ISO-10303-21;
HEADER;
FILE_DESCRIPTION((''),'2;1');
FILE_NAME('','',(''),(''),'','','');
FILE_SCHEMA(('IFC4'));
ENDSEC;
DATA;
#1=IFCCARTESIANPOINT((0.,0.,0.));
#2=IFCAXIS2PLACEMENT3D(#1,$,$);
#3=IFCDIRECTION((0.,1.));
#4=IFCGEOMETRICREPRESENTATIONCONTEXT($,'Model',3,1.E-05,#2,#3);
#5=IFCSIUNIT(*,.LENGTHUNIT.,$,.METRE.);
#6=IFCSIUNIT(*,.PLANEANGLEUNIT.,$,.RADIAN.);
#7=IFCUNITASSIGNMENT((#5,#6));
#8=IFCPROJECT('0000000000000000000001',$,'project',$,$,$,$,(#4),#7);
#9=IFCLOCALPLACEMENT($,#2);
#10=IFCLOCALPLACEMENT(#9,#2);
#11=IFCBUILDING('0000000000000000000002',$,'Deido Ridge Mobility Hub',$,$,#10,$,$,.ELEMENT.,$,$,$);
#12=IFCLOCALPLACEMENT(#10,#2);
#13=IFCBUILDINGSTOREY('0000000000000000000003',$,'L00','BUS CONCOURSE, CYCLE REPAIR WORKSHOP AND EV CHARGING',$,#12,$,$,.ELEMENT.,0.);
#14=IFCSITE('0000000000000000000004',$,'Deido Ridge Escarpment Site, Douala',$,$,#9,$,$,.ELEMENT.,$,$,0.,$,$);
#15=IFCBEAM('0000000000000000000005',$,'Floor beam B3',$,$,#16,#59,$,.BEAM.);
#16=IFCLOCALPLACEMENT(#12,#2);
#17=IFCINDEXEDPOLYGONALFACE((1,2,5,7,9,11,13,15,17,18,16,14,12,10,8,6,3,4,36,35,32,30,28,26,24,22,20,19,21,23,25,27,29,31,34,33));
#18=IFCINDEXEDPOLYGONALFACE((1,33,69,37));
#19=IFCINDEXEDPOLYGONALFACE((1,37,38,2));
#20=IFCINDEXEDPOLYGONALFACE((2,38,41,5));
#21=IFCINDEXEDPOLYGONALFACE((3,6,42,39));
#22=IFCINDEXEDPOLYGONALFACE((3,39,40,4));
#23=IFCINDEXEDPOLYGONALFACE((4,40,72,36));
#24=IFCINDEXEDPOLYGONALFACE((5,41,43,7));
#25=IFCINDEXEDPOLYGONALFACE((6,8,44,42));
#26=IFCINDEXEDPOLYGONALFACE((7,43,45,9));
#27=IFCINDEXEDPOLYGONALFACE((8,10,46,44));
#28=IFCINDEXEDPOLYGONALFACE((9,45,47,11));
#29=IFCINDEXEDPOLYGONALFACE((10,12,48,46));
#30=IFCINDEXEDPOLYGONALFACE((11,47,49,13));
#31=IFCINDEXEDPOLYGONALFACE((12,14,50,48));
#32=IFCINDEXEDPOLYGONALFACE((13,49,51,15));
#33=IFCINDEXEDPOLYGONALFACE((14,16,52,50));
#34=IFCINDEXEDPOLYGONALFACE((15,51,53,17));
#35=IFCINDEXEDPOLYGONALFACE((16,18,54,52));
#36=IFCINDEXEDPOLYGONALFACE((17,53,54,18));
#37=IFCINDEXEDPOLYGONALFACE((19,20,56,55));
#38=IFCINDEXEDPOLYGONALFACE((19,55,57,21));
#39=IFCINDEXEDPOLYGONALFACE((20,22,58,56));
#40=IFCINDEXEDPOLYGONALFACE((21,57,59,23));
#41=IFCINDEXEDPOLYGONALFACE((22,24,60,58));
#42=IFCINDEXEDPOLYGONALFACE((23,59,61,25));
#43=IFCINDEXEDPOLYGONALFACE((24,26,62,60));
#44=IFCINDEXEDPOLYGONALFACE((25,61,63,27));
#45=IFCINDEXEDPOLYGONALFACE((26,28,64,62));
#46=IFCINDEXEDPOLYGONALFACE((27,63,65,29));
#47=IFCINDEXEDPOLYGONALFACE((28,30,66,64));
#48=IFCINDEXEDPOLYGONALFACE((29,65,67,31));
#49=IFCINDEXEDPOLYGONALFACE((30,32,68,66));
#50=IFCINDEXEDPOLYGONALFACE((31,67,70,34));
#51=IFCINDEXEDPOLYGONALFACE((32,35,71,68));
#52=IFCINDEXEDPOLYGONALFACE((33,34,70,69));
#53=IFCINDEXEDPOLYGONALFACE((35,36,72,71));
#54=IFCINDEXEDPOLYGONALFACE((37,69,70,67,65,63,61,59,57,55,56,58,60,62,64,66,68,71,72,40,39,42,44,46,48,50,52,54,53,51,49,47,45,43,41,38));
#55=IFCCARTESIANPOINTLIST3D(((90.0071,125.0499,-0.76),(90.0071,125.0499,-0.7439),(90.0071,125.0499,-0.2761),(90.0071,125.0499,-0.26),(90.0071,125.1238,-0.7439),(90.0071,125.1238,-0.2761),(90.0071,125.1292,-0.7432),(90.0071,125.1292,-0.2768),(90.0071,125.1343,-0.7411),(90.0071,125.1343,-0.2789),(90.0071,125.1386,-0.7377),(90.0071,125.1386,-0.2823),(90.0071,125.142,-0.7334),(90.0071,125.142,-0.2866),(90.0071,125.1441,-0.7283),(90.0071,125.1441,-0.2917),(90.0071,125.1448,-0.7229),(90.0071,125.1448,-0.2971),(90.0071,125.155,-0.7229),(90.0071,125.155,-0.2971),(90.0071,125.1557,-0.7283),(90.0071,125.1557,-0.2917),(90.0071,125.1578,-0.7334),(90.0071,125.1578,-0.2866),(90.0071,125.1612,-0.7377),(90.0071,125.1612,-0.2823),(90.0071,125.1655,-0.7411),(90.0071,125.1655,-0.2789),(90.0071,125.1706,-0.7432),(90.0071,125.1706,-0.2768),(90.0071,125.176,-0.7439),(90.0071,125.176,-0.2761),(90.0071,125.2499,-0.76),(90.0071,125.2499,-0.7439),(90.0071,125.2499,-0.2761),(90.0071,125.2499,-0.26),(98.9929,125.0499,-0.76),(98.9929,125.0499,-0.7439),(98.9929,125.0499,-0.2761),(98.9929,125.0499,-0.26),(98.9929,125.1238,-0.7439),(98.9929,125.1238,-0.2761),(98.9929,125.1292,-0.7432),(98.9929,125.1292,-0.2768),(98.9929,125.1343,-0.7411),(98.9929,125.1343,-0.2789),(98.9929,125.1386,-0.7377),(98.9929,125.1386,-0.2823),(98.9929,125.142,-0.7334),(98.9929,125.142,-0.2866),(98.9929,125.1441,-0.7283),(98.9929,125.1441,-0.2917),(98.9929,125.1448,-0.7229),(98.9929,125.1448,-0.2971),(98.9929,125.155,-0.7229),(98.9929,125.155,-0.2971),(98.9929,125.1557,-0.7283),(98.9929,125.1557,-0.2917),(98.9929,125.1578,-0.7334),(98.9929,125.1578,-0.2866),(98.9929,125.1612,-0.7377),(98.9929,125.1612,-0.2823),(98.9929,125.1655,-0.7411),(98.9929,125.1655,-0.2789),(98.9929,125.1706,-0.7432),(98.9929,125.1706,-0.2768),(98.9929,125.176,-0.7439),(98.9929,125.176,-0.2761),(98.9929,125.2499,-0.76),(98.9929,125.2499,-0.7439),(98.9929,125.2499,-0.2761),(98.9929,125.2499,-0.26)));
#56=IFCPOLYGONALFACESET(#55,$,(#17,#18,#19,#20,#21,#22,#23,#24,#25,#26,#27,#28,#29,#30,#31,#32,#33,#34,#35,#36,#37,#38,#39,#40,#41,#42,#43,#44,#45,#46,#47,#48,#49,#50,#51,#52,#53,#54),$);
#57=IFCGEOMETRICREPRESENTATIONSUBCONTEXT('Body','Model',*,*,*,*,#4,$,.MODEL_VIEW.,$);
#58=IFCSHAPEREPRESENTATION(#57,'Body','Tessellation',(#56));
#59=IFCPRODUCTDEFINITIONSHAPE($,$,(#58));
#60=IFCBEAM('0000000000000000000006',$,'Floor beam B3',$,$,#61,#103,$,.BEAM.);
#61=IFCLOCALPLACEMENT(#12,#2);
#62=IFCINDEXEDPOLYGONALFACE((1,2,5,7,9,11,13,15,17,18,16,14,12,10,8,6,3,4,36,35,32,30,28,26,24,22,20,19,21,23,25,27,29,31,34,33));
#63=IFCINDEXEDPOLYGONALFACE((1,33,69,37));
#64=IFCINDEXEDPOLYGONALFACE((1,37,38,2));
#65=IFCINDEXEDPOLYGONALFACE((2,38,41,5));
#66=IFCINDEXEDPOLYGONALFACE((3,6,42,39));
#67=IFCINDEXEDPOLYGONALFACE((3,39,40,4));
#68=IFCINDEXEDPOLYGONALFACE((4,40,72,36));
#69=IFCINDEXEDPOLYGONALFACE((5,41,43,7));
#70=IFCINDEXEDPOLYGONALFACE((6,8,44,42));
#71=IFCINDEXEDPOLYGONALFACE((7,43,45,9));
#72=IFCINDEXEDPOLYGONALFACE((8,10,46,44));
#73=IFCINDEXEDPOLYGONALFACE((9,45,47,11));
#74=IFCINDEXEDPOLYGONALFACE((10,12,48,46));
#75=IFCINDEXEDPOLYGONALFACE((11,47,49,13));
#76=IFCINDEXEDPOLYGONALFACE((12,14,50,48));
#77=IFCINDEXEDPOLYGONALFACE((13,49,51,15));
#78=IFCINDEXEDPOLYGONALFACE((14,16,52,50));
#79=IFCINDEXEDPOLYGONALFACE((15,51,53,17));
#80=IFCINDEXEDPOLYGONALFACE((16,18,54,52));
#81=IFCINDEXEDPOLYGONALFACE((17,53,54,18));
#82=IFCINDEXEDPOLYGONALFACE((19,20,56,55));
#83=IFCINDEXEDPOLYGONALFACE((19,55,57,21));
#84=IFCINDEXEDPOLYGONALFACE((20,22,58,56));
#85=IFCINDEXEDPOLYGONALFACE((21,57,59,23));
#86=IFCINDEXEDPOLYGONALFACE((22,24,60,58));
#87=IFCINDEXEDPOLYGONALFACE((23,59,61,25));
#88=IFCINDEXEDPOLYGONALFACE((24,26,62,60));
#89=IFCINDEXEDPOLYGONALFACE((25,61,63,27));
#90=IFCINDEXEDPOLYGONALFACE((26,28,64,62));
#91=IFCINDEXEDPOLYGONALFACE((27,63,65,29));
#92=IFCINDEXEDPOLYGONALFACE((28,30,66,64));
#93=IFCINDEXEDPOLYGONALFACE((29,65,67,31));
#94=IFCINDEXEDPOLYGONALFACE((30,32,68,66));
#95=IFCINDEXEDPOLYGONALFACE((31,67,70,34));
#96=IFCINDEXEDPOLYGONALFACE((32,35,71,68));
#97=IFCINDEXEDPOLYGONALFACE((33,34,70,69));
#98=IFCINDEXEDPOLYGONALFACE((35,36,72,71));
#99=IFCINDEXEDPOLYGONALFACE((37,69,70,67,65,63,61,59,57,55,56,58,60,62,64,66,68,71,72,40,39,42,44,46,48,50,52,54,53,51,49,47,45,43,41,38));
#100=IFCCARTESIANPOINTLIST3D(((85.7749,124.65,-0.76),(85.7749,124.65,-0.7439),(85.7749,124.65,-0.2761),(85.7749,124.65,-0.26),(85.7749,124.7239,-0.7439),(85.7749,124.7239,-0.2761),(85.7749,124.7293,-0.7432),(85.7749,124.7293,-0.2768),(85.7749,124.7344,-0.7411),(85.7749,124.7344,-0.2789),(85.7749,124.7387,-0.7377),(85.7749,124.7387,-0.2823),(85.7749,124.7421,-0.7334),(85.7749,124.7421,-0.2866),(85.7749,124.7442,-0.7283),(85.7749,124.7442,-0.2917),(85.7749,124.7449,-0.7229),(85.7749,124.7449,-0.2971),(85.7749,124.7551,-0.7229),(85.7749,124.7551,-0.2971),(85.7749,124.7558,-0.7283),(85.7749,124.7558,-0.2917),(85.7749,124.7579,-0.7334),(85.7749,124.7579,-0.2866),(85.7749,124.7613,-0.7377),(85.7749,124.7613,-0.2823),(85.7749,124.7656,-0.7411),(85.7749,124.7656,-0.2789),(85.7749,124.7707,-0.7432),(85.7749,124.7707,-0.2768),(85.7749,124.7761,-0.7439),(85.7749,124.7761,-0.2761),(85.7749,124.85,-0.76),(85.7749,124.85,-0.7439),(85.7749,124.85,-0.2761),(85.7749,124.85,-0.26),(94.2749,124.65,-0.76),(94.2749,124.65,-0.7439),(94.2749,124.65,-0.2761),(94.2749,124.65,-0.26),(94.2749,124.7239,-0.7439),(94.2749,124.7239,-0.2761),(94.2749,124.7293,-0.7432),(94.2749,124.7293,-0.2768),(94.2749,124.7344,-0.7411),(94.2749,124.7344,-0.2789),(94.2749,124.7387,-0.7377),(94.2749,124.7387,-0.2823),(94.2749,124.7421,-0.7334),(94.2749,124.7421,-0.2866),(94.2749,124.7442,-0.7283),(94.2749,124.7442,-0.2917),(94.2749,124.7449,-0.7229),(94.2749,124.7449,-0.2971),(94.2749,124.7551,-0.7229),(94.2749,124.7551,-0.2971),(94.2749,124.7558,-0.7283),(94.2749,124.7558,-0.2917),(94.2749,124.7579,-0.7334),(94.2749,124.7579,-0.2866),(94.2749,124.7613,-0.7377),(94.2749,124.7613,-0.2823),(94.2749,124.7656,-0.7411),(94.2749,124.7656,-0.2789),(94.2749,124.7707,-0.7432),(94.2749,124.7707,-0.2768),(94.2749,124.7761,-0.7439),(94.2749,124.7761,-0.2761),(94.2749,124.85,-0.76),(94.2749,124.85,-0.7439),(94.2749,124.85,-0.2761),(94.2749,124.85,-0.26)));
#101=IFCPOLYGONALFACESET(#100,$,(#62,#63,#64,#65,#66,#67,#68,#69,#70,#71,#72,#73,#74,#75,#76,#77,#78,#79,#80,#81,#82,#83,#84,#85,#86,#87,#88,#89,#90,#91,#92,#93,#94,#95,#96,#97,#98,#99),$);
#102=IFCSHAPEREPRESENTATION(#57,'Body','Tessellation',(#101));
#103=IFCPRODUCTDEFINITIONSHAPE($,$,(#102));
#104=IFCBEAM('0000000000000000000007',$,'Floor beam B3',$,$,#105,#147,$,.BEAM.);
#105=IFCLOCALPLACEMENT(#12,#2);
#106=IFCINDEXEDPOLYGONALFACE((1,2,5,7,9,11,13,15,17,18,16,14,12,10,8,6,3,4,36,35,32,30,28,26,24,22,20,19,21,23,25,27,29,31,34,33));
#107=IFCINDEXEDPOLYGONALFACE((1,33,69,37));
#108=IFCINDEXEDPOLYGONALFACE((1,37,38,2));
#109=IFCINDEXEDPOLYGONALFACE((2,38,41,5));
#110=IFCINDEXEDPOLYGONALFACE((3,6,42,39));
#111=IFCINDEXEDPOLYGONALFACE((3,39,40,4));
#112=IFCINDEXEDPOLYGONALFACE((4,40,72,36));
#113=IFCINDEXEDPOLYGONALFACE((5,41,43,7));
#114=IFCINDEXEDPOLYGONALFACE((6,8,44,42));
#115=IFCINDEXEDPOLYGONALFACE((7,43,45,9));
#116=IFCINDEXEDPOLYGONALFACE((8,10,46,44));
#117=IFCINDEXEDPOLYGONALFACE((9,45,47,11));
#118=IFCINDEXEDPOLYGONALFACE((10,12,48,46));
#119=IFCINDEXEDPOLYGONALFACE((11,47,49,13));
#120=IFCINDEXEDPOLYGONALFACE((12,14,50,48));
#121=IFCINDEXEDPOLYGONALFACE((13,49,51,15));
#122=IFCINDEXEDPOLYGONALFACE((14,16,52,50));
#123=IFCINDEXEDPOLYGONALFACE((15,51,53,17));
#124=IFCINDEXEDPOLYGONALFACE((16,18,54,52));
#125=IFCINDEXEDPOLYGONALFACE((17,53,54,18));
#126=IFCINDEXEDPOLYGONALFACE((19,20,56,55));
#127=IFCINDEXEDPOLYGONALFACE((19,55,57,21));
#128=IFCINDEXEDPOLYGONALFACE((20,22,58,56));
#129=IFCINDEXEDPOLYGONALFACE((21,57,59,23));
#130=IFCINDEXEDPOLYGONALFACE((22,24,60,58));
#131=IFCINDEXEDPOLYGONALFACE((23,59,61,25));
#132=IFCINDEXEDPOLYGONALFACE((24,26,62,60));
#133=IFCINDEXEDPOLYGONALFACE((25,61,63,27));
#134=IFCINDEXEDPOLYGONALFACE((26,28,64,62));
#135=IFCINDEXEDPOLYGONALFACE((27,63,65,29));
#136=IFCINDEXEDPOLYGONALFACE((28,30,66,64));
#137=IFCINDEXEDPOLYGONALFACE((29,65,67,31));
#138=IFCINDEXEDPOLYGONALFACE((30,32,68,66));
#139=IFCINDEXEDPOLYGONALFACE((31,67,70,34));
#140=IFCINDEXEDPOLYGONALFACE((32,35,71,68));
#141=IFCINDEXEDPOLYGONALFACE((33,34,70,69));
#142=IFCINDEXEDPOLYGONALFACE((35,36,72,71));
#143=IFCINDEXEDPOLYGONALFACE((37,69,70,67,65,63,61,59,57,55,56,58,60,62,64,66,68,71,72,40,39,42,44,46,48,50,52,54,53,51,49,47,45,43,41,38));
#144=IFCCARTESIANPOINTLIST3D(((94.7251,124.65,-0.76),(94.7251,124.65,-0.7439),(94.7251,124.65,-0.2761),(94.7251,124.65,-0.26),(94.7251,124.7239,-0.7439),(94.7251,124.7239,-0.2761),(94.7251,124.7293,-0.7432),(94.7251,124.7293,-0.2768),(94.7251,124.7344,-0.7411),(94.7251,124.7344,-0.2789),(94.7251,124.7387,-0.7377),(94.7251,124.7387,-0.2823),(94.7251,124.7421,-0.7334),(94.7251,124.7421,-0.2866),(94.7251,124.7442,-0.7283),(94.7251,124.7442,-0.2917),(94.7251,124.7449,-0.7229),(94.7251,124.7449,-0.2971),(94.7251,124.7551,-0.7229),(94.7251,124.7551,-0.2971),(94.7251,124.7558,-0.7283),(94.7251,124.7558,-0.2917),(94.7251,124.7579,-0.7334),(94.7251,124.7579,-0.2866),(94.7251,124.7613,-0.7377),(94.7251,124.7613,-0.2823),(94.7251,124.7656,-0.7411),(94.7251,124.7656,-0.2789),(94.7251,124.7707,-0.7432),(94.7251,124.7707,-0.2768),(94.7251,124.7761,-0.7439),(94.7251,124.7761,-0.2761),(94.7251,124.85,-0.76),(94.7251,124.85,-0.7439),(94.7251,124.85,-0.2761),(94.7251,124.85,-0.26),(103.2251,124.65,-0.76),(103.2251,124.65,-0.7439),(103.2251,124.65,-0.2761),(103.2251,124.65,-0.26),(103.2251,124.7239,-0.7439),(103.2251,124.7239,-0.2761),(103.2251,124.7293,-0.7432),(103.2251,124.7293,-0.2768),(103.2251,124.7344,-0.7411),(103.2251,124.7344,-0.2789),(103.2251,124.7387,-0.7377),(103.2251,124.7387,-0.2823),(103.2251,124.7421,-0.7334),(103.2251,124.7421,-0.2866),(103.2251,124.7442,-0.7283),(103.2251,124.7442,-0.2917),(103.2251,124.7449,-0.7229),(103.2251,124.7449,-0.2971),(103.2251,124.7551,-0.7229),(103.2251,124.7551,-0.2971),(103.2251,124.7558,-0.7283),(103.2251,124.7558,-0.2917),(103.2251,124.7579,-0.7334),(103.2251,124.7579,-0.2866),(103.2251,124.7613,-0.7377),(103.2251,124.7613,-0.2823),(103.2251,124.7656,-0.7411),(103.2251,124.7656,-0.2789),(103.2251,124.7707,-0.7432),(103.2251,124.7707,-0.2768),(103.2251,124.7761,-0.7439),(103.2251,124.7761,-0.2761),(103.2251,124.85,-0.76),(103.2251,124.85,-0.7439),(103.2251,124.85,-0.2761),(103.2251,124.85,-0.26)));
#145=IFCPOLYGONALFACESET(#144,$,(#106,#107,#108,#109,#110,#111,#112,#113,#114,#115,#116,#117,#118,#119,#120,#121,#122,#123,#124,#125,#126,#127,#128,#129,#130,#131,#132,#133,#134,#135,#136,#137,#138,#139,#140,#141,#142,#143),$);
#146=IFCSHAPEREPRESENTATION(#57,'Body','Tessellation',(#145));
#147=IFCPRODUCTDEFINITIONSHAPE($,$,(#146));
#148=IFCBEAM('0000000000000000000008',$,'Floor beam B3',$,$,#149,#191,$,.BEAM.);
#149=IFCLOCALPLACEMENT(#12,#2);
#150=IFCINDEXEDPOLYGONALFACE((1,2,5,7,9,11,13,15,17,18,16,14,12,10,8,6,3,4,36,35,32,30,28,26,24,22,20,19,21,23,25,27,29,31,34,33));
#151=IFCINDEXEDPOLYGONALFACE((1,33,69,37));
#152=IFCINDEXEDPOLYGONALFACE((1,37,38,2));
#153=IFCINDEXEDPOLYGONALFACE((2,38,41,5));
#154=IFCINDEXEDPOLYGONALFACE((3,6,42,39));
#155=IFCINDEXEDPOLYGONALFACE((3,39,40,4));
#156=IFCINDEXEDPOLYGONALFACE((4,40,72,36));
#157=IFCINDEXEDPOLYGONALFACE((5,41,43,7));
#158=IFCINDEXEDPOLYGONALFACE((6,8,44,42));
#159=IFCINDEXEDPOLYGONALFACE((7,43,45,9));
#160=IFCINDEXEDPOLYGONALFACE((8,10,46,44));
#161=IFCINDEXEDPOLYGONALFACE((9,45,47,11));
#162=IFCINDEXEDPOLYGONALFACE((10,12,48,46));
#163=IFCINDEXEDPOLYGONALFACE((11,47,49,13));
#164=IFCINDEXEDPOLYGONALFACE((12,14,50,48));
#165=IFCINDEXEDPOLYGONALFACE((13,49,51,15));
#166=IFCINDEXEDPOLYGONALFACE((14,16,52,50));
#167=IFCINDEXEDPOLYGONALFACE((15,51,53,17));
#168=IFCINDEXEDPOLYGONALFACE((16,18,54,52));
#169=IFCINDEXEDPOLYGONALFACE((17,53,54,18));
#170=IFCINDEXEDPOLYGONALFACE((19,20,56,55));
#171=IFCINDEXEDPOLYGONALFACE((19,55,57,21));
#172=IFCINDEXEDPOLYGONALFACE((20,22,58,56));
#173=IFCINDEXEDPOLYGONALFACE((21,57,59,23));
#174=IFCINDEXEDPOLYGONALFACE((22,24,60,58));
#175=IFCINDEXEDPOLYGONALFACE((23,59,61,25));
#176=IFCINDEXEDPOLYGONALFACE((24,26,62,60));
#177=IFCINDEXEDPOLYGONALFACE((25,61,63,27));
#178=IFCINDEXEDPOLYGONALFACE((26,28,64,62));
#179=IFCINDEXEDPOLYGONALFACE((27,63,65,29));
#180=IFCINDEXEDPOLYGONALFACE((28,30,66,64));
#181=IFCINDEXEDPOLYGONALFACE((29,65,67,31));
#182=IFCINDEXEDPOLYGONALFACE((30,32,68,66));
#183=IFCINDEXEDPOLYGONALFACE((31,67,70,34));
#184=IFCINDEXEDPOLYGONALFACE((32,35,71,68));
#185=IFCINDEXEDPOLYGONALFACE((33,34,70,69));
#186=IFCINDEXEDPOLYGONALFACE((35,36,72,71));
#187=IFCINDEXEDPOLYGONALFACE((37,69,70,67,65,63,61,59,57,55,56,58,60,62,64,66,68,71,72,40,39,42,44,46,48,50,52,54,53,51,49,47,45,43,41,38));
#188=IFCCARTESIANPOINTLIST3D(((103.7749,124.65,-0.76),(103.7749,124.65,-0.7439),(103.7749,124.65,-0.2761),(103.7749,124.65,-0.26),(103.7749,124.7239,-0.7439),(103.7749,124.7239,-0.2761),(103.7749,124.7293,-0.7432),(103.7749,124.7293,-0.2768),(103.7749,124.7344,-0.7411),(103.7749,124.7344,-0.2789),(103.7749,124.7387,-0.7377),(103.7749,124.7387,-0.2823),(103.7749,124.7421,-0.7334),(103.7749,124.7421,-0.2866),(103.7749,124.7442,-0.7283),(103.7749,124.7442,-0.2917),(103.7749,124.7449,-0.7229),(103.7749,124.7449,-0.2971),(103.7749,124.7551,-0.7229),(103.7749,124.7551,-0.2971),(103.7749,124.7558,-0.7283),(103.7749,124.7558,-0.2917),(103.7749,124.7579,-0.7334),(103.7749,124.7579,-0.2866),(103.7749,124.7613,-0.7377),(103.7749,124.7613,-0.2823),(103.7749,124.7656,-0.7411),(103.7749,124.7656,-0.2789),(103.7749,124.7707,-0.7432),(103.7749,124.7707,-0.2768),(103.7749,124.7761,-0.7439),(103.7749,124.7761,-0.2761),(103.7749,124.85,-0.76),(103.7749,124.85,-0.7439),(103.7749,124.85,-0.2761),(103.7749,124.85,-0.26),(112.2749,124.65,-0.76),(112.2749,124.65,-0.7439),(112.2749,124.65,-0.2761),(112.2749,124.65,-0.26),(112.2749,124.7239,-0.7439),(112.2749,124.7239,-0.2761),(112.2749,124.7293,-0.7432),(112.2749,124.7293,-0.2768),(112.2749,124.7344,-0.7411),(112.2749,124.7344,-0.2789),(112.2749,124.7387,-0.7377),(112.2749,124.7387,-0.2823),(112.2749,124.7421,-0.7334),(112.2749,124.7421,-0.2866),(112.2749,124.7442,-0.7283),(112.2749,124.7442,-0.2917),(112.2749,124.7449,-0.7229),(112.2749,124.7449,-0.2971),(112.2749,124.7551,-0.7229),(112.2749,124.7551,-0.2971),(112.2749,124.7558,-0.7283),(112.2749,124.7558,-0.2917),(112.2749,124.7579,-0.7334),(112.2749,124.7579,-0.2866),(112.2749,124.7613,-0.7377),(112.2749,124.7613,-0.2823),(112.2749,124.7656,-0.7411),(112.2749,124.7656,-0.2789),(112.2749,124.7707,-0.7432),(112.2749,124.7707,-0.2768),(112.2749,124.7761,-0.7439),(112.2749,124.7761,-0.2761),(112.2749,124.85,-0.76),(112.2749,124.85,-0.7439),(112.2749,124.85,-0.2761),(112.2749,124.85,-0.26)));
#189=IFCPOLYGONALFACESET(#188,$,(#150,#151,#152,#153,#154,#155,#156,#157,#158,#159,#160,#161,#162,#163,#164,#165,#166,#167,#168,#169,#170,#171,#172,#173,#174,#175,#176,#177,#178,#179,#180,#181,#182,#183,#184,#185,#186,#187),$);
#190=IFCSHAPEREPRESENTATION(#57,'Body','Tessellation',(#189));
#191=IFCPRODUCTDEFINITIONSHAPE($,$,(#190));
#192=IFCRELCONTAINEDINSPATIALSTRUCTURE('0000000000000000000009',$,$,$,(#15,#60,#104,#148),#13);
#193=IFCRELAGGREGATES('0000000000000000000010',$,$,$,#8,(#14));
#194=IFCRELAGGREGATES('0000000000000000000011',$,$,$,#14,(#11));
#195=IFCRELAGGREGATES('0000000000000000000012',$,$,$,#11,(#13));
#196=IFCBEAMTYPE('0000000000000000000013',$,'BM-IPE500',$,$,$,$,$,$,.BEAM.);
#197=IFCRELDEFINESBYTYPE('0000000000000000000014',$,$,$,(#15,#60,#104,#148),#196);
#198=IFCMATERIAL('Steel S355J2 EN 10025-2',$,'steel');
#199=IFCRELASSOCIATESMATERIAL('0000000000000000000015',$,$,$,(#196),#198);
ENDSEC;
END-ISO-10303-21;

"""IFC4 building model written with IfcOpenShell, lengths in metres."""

from ifc_helpers import new_model, si_unit, direction, frame, origin, origin_2d, place, context, subcontext, project, spatial, i_section, extrude, material, material_profile, profile_set, type_object, element, save


model = new_model("IFC4")

# Units and contexts
model_context = context("Model", 3, precision=1e-05, world=origin(), true_north=direction((0.0, 1.0)))
body_context = subcontext(model_context, "Body", "Model", "MODEL_VIEW")
ifc_project = project(units=[si_unit("LENGTHUNIT", "METRE"), si_unit("PLANEANGLEUNIT", "RADIAN")], contexts=[model_context])

# Site, building, storey
site_placement = place(None, origin())
site = spatial("IfcSite", under=ifc_project, at=site_placement, Name="Deido Ridge Escarpment Site, Douala", CompositionType="ELEMENT", RefElevation=0.0)
building_placement = place(site_placement, origin())
building = spatial("IfcBuilding", under=site, at=building_placement, Name="Deido Ridge Mobility Hub", CompositionType="ELEMENT")
storey_placement = place(building_placement, origin())
storey = spatial("IfcBuildingStorey", under=building, at=storey_placement, Name="L00", Description="BUS CONCOURSE, CYCLE REPAIR WORKSHOP AND EV CHARGING", CompositionType="ELEMENT", Elevation=0.0)

# Shared definitions
ifc_material_1 = material(Name="Steel S355J2 EN 10025-2", Category="steel")

# Beams
ifc_material_profile_1 = material_profile(ifc_material_1, i_section(OverallWidth=0.2, OverallDepth=0.5, WebThickness=0.0103, FlangeThickness=0.0161, FilletRadius=0.021, at=origin_2d()), Name="IPE 500")
ifc_profile_set_1 = profile_set([ifc_material_profile_1], Name="Steel S355J2 EN 10025-2")
beam_type_1 = type_object("IfcBeamType", Name="BM-IPE500", PredefinedType="BEAM", material=ifc_profile_set_1)
beam_1_placement = place(storey_placement, frame((90.0071, 125.1499, -0.51), z_axis=(1.0, 0.0, 0.0), x_axis=(0.0, 1.0, 0.0)))
element("IfcBeam", 1, at=beam_1_placement, inside=storey, type_object=beam_type_1, Name="Floor beam B3", PredefinedType="BEAM", context=body_context, shape_type="SweptSolid", body=[
    extrude(i_section(OverallWidth=0.2, OverallDepth=0.5, WebThickness=0.0103, FlangeThickness=0.0161, FilletRadius=0.021, at=origin_2d()), origin(), (0.0, 0.0, 1.0), 8.9858),
])
for number, where, z_axis, x_axis, name in (
    (2, (85.7749, 124.75, -0.51), (1.0, 0.0, 0.0), (0.0, 1.0, 0.0), "Floor beam B3"),
    (3, (94.7251, 124.75, -0.51), (1.0, 0.0, 0.0), (0.0, 1.0, 0.0), "Floor beam B3"),
    (4, (103.7749, 124.75, -0.51), (1.0, 0.0, 0.0), (0.0, 1.0, 0.0), "Floor beam B3"),
):
    element("IfcBeam", number, at=place(storey_placement, frame(where, z_axis=z_axis, x_axis=x_axis)), inside=storey, type_object=beam_type_1, Name=name, PredefinedType="BEAM", context=body_context, shape_type="SweptSolid", body=[
        extrude(i_section(OverallWidth=0.2, OverallDepth=0.5, WebThickness=0.0103, FlangeThickness=0.0161, FilletRadius=0.021, at=origin_2d()), origin(), (0.0, 0.0, 1.0), 8.5),
    ])

save(model, "model.ifc")
